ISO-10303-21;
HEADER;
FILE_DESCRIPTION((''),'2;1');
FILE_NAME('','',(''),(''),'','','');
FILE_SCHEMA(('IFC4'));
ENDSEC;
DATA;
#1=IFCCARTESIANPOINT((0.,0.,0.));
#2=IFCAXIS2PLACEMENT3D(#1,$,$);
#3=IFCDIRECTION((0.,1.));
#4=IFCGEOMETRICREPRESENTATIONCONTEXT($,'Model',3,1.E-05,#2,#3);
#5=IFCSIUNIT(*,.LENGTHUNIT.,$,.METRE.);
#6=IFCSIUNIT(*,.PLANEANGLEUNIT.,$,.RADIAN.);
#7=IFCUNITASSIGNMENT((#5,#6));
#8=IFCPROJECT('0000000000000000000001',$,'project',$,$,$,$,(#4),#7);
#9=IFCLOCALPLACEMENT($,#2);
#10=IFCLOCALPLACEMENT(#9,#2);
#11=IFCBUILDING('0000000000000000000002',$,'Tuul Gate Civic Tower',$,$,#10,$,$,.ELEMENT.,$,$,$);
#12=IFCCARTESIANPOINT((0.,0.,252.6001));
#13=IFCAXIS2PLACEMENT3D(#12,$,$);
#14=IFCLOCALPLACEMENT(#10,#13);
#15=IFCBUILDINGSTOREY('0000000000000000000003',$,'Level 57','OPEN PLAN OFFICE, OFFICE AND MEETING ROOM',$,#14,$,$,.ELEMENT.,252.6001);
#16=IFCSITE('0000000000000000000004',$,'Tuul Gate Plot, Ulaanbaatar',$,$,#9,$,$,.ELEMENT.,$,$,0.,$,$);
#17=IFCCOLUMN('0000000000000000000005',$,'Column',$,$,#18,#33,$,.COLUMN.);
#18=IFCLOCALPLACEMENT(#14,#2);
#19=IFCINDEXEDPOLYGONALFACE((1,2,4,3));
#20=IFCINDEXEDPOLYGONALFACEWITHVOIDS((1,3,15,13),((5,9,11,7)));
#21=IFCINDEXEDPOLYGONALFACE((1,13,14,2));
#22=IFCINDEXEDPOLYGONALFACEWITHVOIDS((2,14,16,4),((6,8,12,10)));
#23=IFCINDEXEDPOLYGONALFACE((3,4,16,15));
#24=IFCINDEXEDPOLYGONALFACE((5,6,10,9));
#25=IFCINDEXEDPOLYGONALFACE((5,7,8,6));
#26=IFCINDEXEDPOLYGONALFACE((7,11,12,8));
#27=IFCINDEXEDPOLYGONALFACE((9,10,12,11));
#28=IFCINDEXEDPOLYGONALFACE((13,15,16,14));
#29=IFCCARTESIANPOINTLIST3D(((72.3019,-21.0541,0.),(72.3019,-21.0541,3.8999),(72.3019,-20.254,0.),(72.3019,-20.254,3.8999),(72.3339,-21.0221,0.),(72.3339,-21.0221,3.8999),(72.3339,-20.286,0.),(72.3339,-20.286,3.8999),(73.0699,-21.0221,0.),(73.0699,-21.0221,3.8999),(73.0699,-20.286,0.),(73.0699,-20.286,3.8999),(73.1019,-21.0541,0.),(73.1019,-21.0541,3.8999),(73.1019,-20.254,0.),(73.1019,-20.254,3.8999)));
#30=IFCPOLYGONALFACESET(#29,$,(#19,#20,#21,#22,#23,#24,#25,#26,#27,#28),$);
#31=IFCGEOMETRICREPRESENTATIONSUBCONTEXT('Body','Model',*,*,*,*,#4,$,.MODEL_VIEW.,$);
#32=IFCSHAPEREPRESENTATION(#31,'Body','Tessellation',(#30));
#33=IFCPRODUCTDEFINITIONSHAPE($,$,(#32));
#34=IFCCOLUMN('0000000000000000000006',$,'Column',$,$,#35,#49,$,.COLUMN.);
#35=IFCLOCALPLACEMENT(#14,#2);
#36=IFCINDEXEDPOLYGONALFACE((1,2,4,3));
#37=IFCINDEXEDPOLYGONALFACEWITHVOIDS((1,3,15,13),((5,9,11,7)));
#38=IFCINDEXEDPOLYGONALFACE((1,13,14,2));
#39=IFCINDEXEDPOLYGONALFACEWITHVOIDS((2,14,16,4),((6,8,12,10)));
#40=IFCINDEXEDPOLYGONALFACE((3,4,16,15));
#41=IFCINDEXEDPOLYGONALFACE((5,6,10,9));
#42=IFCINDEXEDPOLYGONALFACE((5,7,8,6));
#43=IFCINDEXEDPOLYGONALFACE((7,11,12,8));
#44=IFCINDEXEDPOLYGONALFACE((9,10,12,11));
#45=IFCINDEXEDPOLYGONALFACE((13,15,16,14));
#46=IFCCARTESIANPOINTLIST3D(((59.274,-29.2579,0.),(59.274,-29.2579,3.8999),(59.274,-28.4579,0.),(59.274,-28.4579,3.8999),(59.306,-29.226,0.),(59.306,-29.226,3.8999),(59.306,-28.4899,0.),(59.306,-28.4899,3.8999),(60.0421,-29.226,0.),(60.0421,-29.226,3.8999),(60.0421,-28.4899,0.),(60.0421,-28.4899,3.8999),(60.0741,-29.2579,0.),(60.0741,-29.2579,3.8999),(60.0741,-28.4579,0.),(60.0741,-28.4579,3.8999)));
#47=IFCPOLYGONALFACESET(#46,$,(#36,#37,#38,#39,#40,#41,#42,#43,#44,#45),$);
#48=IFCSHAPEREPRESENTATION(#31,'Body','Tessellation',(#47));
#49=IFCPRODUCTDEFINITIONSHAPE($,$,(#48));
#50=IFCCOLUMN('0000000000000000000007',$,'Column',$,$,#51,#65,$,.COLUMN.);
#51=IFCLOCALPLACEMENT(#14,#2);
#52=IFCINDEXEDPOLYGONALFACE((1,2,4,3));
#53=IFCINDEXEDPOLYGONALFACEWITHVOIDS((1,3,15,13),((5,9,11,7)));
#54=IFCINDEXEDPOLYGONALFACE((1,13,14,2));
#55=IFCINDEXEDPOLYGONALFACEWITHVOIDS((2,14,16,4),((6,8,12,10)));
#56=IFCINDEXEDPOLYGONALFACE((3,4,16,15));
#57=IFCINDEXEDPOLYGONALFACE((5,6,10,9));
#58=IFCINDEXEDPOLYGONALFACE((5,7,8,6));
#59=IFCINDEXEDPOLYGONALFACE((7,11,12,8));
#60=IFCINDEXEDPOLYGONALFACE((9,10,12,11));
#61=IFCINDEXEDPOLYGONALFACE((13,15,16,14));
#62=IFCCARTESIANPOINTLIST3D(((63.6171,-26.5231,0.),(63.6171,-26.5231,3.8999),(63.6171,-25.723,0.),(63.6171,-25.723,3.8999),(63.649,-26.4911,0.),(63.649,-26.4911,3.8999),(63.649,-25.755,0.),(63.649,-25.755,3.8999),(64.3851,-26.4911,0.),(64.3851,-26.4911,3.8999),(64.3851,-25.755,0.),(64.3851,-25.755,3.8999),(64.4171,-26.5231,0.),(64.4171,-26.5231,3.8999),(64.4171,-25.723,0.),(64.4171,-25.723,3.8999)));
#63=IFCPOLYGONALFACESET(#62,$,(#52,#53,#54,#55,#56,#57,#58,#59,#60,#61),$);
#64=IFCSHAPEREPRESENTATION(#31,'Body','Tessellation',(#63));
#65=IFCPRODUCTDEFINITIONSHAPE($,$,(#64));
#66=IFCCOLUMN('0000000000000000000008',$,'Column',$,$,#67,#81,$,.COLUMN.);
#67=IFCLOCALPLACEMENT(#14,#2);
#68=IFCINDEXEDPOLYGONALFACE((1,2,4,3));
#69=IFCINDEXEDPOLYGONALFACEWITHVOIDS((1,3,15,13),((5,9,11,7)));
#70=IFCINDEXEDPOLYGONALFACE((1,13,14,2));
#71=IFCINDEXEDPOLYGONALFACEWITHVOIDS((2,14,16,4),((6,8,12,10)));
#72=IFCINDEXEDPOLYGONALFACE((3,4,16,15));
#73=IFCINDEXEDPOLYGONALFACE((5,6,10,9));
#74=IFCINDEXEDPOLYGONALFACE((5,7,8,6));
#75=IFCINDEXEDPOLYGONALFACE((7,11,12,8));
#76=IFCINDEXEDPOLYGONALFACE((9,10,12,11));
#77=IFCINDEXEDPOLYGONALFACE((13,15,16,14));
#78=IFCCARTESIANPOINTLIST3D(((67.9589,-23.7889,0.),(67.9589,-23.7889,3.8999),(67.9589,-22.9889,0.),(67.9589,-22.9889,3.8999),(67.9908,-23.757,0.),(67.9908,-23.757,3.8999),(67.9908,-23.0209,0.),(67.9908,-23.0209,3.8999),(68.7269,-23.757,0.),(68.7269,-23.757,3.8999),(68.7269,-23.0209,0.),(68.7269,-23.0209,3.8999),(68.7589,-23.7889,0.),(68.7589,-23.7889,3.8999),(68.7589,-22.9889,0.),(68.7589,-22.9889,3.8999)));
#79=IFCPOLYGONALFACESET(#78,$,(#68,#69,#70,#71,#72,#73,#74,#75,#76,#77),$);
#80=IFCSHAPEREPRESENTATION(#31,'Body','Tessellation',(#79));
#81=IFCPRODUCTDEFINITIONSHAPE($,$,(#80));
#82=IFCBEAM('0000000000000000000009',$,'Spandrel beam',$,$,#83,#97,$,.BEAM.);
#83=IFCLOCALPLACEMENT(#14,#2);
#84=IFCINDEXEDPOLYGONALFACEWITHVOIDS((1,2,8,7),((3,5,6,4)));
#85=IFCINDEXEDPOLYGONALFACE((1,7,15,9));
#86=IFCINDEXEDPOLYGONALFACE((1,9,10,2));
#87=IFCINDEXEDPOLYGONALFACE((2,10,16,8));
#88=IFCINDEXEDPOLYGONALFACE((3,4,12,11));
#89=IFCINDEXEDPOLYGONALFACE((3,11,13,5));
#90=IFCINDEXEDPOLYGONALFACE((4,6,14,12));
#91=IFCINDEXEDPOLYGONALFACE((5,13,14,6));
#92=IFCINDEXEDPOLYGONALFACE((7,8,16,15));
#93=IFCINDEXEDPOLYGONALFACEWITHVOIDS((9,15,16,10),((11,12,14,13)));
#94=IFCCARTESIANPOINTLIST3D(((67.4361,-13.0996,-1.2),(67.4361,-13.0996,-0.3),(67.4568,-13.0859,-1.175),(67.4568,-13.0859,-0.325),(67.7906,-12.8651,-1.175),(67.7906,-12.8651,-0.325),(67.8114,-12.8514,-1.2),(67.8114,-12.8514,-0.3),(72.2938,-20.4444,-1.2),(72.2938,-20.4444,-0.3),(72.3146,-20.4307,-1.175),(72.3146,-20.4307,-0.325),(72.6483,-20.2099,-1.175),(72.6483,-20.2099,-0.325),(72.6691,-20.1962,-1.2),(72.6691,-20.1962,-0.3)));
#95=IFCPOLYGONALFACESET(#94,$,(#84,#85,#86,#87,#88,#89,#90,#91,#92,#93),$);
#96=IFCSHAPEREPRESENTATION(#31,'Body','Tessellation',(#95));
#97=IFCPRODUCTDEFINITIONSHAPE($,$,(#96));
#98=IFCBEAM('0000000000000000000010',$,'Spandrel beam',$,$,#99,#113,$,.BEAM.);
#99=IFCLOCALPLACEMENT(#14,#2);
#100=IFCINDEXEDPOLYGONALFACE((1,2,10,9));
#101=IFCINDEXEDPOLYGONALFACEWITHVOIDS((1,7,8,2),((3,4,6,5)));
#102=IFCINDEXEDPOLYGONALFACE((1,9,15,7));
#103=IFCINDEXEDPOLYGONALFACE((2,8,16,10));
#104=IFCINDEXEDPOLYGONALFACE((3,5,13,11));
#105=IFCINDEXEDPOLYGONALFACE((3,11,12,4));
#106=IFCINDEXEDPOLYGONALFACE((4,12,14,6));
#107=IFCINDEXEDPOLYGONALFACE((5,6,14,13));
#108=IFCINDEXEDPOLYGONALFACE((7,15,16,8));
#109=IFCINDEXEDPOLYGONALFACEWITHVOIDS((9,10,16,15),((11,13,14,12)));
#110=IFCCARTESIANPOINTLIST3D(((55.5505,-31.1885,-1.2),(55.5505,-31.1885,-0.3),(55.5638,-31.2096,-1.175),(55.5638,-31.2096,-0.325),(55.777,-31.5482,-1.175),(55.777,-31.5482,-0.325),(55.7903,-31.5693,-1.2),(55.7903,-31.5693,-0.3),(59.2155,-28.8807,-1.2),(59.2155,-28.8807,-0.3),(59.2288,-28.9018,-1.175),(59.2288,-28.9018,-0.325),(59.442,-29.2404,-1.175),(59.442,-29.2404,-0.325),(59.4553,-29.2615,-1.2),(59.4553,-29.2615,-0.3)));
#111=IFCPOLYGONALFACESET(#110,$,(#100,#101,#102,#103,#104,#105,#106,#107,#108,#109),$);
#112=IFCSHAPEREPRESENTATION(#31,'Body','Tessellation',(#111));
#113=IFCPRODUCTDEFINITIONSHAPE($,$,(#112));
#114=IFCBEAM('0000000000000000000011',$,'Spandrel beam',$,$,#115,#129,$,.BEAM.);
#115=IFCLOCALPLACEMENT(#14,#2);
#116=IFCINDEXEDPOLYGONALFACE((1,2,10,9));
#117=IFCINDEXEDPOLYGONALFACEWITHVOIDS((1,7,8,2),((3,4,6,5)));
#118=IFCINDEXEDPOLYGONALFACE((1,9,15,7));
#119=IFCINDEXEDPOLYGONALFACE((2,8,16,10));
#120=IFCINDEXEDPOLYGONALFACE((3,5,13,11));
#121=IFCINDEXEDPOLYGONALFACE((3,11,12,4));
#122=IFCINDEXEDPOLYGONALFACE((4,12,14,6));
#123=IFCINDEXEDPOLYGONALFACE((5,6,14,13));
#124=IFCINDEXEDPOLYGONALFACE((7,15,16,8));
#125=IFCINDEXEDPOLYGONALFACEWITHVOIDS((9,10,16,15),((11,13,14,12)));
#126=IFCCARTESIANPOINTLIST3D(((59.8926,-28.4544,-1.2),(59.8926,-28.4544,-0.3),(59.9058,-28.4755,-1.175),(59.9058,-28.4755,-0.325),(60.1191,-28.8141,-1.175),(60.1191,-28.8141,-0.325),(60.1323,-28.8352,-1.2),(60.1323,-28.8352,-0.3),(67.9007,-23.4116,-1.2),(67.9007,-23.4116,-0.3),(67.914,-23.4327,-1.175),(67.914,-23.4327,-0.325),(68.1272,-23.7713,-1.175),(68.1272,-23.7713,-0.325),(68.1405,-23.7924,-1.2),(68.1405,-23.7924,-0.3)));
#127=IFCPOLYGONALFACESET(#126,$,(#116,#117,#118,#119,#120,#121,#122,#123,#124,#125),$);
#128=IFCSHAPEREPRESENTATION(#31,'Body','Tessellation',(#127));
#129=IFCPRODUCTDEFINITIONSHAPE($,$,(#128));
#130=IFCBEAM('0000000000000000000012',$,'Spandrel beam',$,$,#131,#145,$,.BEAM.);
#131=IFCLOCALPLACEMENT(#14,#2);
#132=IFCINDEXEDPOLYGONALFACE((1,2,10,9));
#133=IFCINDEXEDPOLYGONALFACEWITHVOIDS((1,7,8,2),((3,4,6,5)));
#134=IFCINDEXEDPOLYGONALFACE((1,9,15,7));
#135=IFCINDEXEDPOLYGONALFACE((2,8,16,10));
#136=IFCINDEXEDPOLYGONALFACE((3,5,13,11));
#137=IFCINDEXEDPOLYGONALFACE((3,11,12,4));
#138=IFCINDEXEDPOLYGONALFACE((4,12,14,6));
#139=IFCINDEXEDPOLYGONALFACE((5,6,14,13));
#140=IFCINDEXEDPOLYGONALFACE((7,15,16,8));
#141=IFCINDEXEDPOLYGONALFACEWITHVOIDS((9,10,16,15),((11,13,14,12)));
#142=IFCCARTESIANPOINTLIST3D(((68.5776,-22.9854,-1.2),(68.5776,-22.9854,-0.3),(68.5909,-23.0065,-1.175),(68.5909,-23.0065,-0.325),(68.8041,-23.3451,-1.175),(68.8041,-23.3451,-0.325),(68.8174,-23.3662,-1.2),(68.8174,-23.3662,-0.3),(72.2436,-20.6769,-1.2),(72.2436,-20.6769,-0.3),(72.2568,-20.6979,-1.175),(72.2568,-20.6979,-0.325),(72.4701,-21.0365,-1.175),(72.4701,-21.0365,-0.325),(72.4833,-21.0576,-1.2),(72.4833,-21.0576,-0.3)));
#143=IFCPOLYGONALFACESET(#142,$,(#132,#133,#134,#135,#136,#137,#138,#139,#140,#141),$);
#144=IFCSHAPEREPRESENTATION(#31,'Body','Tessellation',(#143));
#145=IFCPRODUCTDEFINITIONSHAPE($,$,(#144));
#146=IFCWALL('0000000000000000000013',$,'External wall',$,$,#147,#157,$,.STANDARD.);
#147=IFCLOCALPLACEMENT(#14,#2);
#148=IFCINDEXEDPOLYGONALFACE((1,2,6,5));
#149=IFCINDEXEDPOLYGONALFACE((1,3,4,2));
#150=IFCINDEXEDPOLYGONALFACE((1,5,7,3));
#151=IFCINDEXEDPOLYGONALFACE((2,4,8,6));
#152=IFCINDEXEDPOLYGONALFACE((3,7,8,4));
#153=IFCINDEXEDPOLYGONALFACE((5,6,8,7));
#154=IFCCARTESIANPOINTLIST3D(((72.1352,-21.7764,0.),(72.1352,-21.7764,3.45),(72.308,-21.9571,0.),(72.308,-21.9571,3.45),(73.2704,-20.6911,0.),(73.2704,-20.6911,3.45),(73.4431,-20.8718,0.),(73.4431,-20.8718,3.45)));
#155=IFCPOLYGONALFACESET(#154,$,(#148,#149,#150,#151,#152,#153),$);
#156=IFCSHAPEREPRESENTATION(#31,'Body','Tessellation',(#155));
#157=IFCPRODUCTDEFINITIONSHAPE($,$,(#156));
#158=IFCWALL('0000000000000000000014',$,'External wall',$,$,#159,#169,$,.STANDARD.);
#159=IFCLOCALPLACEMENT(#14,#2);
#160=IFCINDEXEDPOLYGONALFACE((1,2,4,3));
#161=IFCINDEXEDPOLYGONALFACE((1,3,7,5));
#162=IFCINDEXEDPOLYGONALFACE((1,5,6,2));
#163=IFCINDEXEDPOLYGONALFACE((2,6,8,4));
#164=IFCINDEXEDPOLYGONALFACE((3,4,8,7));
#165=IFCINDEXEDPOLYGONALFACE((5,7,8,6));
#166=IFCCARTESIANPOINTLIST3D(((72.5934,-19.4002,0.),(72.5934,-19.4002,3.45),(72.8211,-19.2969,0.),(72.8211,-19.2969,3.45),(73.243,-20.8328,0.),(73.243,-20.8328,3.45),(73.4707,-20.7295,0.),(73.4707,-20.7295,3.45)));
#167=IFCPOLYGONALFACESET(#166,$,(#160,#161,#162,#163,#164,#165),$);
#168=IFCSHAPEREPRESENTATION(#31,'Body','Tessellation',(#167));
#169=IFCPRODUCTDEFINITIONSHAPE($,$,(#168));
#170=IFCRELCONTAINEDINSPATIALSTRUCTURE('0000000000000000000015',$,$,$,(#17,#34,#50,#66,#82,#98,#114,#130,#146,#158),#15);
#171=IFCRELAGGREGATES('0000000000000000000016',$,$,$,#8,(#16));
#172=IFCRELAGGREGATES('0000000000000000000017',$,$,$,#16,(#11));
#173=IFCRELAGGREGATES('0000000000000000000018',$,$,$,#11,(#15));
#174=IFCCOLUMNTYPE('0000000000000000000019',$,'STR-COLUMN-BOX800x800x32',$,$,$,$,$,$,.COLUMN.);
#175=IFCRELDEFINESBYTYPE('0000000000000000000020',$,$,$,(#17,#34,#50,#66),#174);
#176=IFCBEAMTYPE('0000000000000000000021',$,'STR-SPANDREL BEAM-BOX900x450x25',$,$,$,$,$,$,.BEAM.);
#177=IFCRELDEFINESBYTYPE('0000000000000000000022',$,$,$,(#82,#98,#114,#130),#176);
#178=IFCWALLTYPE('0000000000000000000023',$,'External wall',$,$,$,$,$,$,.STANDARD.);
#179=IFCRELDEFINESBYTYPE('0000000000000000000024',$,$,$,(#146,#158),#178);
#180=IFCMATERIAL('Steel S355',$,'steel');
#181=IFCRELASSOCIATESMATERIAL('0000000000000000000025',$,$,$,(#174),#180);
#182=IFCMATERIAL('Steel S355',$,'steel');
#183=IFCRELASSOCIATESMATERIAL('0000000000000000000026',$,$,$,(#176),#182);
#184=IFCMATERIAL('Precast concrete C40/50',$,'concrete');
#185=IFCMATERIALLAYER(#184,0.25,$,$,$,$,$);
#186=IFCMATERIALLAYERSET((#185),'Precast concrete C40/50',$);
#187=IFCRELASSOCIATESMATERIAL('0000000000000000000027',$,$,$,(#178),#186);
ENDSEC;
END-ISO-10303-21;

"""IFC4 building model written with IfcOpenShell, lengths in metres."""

from ifc_helpers import new_model, si_unit, direction, frame, frame_2d, origin, origin_2d, place, context, subcontext, project, spatial, rectangle, hollow_rectangle, extrude, material, layer, layer_set, material_profile, profile_set, type_object, element, save


model = new_model("IFC4")

# Units and contexts
model_context = context("Model", 3, precision=1e-05, world=origin(), true_north=direction((0.0, 1.0)))
body_context = subcontext(model_context, "Body", "Model", "MODEL_VIEW")
ifc_project = project(units=[si_unit("LENGTHUNIT", "METRE"), si_unit("PLANEANGLEUNIT", "RADIAN")], contexts=[model_context])

# Site, building, storey
site_placement = place(None, origin())
site = spatial("IfcSite", under=ifc_project, at=site_placement, Name="Tuul Gate Plot, Ulaanbaatar", CompositionType="ELEMENT", RefElevation=0.0)
building_placement = place(site_placement, origin())
building = spatial("IfcBuilding", under=site, at=building_placement, Name="Tuul Gate Civic Tower", CompositionType="ELEMENT")
storey_placement = place(building_placement, frame((0.0, 0.0, 252.6001)))
storey = spatial("IfcBuildingStorey", under=building, at=storey_placement, Name="Level 57", Description="OPEN PLAN OFFICE, OFFICE AND MEETING ROOM", CompositionType="ELEMENT", Elevation=252.6001)

# Columns
ifc_material_1 = material(Name="Steel S355", Category="steel")
ifc_material_profile_1 = material_profile(ifc_material_1, hollow_rectangle(XDim=0.8, YDim=0.8, WallThickness=0.032, at=origin_2d()), Name="BOX800x800x32")
ifc_profile_set_1 = profile_set([ifc_material_profile_1], Name="Steel S355")
column_type = type_object("IfcColumnType", Name="STR-COLUMN-BOX800x800x32", PredefinedType="COLUMN", material=ifc_profile_set_1)
for number, where, z_axis, x_axis, name in (
    (1, (72.7019, -20.6541, 0.0), (0.0, 0.0, 1.0), (1.0, 0.0, 0.0), "Column"),
    (2, (59.6741, -28.8579, 0.0), (0.0, 0.0, 1.0), (1.0, 0.0, 0.0), "Column"),
    (3, (64.0171, -26.123, 0.0), (0.0, 0.0, 1.0), (1.0, 0.0, 0.0), "Column"),
    (4, (68.3589, -23.3889, 0.0), (0.0, 0.0, 1.0), (1.0, 0.0, 0.0), "Column"),
):
    element("IfcColumn", number, at=place(storey_placement, frame(where, z_axis=z_axis, x_axis=x_axis)), inside=storey, type_object=column_type, Name=name, PredefinedType="COLUMN", context=body_context, shape_type="SweptSolid", body=[
        extrude(hollow_rectangle(XDim=0.8, YDim=0.8, WallThickness=0.032, at=origin_2d()), origin(), (0.0, 0.0, 1.0), 3.8999),
    ])

# Beams
ifc_material_2 = material(Name="Steel S355", Category="steel")
ifc_material_profile_2 = material_profile(ifc_material_2, hollow_rectangle(XDim=0.45, YDim=0.8999, WallThickness=0.0249, at=origin_2d()), Name="BOX900x450x25")
ifc_profile_set_2 = profile_set([ifc_material_profile_2], Name="Steel S355")
beam_type = type_object("IfcBeamType", Name="STR-SPANDREL BEAM-BOX900x450x25", PredefinedType="BEAM", material=ifc_profile_set_2)
beam_1_placement = place(storey_placement, frame((72.4814, -20.3203, -0.75), z_axis=(-0.551645, 0.834079, 0.0), x_axis=(-0.834079, -0.551645, 0.0)))
element("IfcBeam", 5, at=beam_1_placement, inside=storey, type_object=beam_type, Name="Spandrel beam", PredefinedType="BEAM", context=body_context, shape_type="SweptSolid", body=[
    extrude(hollow_rectangle(XDim=0.45, YDim=0.8999, WallThickness=0.0249, at=origin_2d()), origin(), (0.0, 0.0, 1.0), 8.8059),
])
beam_2_placement = place(storey_placement, frame((55.6704, -31.3789, -0.75), z_axis=(0.846207, 0.532854, 0.0), x_axis=(-0.532854, 0.846207, 0.0)))
element("IfcBeam", 6, at=beam_2_placement, inside=storey, type_object=beam_type, Name="Spandrel beam", PredefinedType="BEAM", context=body_context, shape_type="SweptSolid", body=[
    extrude(hollow_rectangle(XDim=0.45, YDim=0.8999, WallThickness=0.0249, at=origin_2d()), origin(), (0.0, 0.0, 1.0), 4.3311),
])
beam_3_placement = place(storey_placement, frame((60.0125, -28.6448, -0.75), z_axis=(0.846204, 0.53286, 0.0), x_axis=(-0.53286, 0.846204, 0.0)))
element("IfcBeam", 7, at=beam_3_placement, inside=storey, type_object=beam_type, Name="Spandrel beam", PredefinedType="BEAM", context=body_context, shape_type="SweptSolid", body=[
    extrude(hollow_rectangle(XDim=0.45, YDim=0.8999, WallThickness=0.0249, at=origin_2d()), origin(), (0.0, 0.0, 1.0), 9.4636),
])
beam_4_placement = place(storey_placement, frame((68.6975, -23.1758, -0.75), z_axis=(0.846195, 0.532873, 0.0), x_axis=(-0.532873, 0.846195, 0.0)))
element("IfcBeam", 8, at=beam_4_placement, inside=storey, type_object=beam_type, Name="Spandrel beam", PredefinedType="BEAM", context=body_context, shape_type="SweptSolid", body=[
    extrude(hollow_rectangle(XDim=0.45, YDim=0.8999, WallThickness=0.0249, at=origin_2d()), origin(), (0.0, 0.0, 1.0), 4.3323),
])

# Walls
ifc_material_3 = material(Name="Precast concrete C40/50", Category="concrete")
ifc_layer_1 = layer(ifc_material_3, 0.25)
ifc_layer_set_1 = layer_set([ifc_layer_1], Name="Precast concrete C40/50")
wall_type_1 = type_object("IfcWallType", Name="External wall", PredefinedType="STANDARD", material=ifc_layer_set_1)
wall_1_placement = place(storey_placement, frame((72.2217, -21.8667, 0.0), z_axis=(0.0, 0.0, 1.0), x_axis=(0.722784, 0.691074, 0.0)))
element("IfcWall", 9, at=wall_1_placement, inside=storey, type_object=wall_type_1, Name="External wall", PredefinedType="STANDARD", context=body_context, shape_type="SweptSolid", body=[
    extrude(rectangle(XDim=1.5706, YDim=0.25, at=frame_2d((0.7852, 0.0))), origin(), (0.0, 0.0, 1.0), 3.45),
])
wall_2_placement = place(storey_placement, frame((73.3569, -20.7812, 0.0), z_axis=(0.0, 0.0, 1.0), x_axis=(-0.412996, 0.910733, 0.0)))
element("IfcWall", 10, at=wall_2_placement, inside=storey, type_object=wall_type_1, Name="External wall", PredefinedType="STANDARD", context=body_context, shape_type="SweptSolid", body=[
    extrude(rectangle(XDim=1.573, YDim=0.25, at=frame_2d((0.7866, 0.0))), origin(), (0.0, 0.0, 1.0), 3.45),
])

save(model, "model.ifc")
